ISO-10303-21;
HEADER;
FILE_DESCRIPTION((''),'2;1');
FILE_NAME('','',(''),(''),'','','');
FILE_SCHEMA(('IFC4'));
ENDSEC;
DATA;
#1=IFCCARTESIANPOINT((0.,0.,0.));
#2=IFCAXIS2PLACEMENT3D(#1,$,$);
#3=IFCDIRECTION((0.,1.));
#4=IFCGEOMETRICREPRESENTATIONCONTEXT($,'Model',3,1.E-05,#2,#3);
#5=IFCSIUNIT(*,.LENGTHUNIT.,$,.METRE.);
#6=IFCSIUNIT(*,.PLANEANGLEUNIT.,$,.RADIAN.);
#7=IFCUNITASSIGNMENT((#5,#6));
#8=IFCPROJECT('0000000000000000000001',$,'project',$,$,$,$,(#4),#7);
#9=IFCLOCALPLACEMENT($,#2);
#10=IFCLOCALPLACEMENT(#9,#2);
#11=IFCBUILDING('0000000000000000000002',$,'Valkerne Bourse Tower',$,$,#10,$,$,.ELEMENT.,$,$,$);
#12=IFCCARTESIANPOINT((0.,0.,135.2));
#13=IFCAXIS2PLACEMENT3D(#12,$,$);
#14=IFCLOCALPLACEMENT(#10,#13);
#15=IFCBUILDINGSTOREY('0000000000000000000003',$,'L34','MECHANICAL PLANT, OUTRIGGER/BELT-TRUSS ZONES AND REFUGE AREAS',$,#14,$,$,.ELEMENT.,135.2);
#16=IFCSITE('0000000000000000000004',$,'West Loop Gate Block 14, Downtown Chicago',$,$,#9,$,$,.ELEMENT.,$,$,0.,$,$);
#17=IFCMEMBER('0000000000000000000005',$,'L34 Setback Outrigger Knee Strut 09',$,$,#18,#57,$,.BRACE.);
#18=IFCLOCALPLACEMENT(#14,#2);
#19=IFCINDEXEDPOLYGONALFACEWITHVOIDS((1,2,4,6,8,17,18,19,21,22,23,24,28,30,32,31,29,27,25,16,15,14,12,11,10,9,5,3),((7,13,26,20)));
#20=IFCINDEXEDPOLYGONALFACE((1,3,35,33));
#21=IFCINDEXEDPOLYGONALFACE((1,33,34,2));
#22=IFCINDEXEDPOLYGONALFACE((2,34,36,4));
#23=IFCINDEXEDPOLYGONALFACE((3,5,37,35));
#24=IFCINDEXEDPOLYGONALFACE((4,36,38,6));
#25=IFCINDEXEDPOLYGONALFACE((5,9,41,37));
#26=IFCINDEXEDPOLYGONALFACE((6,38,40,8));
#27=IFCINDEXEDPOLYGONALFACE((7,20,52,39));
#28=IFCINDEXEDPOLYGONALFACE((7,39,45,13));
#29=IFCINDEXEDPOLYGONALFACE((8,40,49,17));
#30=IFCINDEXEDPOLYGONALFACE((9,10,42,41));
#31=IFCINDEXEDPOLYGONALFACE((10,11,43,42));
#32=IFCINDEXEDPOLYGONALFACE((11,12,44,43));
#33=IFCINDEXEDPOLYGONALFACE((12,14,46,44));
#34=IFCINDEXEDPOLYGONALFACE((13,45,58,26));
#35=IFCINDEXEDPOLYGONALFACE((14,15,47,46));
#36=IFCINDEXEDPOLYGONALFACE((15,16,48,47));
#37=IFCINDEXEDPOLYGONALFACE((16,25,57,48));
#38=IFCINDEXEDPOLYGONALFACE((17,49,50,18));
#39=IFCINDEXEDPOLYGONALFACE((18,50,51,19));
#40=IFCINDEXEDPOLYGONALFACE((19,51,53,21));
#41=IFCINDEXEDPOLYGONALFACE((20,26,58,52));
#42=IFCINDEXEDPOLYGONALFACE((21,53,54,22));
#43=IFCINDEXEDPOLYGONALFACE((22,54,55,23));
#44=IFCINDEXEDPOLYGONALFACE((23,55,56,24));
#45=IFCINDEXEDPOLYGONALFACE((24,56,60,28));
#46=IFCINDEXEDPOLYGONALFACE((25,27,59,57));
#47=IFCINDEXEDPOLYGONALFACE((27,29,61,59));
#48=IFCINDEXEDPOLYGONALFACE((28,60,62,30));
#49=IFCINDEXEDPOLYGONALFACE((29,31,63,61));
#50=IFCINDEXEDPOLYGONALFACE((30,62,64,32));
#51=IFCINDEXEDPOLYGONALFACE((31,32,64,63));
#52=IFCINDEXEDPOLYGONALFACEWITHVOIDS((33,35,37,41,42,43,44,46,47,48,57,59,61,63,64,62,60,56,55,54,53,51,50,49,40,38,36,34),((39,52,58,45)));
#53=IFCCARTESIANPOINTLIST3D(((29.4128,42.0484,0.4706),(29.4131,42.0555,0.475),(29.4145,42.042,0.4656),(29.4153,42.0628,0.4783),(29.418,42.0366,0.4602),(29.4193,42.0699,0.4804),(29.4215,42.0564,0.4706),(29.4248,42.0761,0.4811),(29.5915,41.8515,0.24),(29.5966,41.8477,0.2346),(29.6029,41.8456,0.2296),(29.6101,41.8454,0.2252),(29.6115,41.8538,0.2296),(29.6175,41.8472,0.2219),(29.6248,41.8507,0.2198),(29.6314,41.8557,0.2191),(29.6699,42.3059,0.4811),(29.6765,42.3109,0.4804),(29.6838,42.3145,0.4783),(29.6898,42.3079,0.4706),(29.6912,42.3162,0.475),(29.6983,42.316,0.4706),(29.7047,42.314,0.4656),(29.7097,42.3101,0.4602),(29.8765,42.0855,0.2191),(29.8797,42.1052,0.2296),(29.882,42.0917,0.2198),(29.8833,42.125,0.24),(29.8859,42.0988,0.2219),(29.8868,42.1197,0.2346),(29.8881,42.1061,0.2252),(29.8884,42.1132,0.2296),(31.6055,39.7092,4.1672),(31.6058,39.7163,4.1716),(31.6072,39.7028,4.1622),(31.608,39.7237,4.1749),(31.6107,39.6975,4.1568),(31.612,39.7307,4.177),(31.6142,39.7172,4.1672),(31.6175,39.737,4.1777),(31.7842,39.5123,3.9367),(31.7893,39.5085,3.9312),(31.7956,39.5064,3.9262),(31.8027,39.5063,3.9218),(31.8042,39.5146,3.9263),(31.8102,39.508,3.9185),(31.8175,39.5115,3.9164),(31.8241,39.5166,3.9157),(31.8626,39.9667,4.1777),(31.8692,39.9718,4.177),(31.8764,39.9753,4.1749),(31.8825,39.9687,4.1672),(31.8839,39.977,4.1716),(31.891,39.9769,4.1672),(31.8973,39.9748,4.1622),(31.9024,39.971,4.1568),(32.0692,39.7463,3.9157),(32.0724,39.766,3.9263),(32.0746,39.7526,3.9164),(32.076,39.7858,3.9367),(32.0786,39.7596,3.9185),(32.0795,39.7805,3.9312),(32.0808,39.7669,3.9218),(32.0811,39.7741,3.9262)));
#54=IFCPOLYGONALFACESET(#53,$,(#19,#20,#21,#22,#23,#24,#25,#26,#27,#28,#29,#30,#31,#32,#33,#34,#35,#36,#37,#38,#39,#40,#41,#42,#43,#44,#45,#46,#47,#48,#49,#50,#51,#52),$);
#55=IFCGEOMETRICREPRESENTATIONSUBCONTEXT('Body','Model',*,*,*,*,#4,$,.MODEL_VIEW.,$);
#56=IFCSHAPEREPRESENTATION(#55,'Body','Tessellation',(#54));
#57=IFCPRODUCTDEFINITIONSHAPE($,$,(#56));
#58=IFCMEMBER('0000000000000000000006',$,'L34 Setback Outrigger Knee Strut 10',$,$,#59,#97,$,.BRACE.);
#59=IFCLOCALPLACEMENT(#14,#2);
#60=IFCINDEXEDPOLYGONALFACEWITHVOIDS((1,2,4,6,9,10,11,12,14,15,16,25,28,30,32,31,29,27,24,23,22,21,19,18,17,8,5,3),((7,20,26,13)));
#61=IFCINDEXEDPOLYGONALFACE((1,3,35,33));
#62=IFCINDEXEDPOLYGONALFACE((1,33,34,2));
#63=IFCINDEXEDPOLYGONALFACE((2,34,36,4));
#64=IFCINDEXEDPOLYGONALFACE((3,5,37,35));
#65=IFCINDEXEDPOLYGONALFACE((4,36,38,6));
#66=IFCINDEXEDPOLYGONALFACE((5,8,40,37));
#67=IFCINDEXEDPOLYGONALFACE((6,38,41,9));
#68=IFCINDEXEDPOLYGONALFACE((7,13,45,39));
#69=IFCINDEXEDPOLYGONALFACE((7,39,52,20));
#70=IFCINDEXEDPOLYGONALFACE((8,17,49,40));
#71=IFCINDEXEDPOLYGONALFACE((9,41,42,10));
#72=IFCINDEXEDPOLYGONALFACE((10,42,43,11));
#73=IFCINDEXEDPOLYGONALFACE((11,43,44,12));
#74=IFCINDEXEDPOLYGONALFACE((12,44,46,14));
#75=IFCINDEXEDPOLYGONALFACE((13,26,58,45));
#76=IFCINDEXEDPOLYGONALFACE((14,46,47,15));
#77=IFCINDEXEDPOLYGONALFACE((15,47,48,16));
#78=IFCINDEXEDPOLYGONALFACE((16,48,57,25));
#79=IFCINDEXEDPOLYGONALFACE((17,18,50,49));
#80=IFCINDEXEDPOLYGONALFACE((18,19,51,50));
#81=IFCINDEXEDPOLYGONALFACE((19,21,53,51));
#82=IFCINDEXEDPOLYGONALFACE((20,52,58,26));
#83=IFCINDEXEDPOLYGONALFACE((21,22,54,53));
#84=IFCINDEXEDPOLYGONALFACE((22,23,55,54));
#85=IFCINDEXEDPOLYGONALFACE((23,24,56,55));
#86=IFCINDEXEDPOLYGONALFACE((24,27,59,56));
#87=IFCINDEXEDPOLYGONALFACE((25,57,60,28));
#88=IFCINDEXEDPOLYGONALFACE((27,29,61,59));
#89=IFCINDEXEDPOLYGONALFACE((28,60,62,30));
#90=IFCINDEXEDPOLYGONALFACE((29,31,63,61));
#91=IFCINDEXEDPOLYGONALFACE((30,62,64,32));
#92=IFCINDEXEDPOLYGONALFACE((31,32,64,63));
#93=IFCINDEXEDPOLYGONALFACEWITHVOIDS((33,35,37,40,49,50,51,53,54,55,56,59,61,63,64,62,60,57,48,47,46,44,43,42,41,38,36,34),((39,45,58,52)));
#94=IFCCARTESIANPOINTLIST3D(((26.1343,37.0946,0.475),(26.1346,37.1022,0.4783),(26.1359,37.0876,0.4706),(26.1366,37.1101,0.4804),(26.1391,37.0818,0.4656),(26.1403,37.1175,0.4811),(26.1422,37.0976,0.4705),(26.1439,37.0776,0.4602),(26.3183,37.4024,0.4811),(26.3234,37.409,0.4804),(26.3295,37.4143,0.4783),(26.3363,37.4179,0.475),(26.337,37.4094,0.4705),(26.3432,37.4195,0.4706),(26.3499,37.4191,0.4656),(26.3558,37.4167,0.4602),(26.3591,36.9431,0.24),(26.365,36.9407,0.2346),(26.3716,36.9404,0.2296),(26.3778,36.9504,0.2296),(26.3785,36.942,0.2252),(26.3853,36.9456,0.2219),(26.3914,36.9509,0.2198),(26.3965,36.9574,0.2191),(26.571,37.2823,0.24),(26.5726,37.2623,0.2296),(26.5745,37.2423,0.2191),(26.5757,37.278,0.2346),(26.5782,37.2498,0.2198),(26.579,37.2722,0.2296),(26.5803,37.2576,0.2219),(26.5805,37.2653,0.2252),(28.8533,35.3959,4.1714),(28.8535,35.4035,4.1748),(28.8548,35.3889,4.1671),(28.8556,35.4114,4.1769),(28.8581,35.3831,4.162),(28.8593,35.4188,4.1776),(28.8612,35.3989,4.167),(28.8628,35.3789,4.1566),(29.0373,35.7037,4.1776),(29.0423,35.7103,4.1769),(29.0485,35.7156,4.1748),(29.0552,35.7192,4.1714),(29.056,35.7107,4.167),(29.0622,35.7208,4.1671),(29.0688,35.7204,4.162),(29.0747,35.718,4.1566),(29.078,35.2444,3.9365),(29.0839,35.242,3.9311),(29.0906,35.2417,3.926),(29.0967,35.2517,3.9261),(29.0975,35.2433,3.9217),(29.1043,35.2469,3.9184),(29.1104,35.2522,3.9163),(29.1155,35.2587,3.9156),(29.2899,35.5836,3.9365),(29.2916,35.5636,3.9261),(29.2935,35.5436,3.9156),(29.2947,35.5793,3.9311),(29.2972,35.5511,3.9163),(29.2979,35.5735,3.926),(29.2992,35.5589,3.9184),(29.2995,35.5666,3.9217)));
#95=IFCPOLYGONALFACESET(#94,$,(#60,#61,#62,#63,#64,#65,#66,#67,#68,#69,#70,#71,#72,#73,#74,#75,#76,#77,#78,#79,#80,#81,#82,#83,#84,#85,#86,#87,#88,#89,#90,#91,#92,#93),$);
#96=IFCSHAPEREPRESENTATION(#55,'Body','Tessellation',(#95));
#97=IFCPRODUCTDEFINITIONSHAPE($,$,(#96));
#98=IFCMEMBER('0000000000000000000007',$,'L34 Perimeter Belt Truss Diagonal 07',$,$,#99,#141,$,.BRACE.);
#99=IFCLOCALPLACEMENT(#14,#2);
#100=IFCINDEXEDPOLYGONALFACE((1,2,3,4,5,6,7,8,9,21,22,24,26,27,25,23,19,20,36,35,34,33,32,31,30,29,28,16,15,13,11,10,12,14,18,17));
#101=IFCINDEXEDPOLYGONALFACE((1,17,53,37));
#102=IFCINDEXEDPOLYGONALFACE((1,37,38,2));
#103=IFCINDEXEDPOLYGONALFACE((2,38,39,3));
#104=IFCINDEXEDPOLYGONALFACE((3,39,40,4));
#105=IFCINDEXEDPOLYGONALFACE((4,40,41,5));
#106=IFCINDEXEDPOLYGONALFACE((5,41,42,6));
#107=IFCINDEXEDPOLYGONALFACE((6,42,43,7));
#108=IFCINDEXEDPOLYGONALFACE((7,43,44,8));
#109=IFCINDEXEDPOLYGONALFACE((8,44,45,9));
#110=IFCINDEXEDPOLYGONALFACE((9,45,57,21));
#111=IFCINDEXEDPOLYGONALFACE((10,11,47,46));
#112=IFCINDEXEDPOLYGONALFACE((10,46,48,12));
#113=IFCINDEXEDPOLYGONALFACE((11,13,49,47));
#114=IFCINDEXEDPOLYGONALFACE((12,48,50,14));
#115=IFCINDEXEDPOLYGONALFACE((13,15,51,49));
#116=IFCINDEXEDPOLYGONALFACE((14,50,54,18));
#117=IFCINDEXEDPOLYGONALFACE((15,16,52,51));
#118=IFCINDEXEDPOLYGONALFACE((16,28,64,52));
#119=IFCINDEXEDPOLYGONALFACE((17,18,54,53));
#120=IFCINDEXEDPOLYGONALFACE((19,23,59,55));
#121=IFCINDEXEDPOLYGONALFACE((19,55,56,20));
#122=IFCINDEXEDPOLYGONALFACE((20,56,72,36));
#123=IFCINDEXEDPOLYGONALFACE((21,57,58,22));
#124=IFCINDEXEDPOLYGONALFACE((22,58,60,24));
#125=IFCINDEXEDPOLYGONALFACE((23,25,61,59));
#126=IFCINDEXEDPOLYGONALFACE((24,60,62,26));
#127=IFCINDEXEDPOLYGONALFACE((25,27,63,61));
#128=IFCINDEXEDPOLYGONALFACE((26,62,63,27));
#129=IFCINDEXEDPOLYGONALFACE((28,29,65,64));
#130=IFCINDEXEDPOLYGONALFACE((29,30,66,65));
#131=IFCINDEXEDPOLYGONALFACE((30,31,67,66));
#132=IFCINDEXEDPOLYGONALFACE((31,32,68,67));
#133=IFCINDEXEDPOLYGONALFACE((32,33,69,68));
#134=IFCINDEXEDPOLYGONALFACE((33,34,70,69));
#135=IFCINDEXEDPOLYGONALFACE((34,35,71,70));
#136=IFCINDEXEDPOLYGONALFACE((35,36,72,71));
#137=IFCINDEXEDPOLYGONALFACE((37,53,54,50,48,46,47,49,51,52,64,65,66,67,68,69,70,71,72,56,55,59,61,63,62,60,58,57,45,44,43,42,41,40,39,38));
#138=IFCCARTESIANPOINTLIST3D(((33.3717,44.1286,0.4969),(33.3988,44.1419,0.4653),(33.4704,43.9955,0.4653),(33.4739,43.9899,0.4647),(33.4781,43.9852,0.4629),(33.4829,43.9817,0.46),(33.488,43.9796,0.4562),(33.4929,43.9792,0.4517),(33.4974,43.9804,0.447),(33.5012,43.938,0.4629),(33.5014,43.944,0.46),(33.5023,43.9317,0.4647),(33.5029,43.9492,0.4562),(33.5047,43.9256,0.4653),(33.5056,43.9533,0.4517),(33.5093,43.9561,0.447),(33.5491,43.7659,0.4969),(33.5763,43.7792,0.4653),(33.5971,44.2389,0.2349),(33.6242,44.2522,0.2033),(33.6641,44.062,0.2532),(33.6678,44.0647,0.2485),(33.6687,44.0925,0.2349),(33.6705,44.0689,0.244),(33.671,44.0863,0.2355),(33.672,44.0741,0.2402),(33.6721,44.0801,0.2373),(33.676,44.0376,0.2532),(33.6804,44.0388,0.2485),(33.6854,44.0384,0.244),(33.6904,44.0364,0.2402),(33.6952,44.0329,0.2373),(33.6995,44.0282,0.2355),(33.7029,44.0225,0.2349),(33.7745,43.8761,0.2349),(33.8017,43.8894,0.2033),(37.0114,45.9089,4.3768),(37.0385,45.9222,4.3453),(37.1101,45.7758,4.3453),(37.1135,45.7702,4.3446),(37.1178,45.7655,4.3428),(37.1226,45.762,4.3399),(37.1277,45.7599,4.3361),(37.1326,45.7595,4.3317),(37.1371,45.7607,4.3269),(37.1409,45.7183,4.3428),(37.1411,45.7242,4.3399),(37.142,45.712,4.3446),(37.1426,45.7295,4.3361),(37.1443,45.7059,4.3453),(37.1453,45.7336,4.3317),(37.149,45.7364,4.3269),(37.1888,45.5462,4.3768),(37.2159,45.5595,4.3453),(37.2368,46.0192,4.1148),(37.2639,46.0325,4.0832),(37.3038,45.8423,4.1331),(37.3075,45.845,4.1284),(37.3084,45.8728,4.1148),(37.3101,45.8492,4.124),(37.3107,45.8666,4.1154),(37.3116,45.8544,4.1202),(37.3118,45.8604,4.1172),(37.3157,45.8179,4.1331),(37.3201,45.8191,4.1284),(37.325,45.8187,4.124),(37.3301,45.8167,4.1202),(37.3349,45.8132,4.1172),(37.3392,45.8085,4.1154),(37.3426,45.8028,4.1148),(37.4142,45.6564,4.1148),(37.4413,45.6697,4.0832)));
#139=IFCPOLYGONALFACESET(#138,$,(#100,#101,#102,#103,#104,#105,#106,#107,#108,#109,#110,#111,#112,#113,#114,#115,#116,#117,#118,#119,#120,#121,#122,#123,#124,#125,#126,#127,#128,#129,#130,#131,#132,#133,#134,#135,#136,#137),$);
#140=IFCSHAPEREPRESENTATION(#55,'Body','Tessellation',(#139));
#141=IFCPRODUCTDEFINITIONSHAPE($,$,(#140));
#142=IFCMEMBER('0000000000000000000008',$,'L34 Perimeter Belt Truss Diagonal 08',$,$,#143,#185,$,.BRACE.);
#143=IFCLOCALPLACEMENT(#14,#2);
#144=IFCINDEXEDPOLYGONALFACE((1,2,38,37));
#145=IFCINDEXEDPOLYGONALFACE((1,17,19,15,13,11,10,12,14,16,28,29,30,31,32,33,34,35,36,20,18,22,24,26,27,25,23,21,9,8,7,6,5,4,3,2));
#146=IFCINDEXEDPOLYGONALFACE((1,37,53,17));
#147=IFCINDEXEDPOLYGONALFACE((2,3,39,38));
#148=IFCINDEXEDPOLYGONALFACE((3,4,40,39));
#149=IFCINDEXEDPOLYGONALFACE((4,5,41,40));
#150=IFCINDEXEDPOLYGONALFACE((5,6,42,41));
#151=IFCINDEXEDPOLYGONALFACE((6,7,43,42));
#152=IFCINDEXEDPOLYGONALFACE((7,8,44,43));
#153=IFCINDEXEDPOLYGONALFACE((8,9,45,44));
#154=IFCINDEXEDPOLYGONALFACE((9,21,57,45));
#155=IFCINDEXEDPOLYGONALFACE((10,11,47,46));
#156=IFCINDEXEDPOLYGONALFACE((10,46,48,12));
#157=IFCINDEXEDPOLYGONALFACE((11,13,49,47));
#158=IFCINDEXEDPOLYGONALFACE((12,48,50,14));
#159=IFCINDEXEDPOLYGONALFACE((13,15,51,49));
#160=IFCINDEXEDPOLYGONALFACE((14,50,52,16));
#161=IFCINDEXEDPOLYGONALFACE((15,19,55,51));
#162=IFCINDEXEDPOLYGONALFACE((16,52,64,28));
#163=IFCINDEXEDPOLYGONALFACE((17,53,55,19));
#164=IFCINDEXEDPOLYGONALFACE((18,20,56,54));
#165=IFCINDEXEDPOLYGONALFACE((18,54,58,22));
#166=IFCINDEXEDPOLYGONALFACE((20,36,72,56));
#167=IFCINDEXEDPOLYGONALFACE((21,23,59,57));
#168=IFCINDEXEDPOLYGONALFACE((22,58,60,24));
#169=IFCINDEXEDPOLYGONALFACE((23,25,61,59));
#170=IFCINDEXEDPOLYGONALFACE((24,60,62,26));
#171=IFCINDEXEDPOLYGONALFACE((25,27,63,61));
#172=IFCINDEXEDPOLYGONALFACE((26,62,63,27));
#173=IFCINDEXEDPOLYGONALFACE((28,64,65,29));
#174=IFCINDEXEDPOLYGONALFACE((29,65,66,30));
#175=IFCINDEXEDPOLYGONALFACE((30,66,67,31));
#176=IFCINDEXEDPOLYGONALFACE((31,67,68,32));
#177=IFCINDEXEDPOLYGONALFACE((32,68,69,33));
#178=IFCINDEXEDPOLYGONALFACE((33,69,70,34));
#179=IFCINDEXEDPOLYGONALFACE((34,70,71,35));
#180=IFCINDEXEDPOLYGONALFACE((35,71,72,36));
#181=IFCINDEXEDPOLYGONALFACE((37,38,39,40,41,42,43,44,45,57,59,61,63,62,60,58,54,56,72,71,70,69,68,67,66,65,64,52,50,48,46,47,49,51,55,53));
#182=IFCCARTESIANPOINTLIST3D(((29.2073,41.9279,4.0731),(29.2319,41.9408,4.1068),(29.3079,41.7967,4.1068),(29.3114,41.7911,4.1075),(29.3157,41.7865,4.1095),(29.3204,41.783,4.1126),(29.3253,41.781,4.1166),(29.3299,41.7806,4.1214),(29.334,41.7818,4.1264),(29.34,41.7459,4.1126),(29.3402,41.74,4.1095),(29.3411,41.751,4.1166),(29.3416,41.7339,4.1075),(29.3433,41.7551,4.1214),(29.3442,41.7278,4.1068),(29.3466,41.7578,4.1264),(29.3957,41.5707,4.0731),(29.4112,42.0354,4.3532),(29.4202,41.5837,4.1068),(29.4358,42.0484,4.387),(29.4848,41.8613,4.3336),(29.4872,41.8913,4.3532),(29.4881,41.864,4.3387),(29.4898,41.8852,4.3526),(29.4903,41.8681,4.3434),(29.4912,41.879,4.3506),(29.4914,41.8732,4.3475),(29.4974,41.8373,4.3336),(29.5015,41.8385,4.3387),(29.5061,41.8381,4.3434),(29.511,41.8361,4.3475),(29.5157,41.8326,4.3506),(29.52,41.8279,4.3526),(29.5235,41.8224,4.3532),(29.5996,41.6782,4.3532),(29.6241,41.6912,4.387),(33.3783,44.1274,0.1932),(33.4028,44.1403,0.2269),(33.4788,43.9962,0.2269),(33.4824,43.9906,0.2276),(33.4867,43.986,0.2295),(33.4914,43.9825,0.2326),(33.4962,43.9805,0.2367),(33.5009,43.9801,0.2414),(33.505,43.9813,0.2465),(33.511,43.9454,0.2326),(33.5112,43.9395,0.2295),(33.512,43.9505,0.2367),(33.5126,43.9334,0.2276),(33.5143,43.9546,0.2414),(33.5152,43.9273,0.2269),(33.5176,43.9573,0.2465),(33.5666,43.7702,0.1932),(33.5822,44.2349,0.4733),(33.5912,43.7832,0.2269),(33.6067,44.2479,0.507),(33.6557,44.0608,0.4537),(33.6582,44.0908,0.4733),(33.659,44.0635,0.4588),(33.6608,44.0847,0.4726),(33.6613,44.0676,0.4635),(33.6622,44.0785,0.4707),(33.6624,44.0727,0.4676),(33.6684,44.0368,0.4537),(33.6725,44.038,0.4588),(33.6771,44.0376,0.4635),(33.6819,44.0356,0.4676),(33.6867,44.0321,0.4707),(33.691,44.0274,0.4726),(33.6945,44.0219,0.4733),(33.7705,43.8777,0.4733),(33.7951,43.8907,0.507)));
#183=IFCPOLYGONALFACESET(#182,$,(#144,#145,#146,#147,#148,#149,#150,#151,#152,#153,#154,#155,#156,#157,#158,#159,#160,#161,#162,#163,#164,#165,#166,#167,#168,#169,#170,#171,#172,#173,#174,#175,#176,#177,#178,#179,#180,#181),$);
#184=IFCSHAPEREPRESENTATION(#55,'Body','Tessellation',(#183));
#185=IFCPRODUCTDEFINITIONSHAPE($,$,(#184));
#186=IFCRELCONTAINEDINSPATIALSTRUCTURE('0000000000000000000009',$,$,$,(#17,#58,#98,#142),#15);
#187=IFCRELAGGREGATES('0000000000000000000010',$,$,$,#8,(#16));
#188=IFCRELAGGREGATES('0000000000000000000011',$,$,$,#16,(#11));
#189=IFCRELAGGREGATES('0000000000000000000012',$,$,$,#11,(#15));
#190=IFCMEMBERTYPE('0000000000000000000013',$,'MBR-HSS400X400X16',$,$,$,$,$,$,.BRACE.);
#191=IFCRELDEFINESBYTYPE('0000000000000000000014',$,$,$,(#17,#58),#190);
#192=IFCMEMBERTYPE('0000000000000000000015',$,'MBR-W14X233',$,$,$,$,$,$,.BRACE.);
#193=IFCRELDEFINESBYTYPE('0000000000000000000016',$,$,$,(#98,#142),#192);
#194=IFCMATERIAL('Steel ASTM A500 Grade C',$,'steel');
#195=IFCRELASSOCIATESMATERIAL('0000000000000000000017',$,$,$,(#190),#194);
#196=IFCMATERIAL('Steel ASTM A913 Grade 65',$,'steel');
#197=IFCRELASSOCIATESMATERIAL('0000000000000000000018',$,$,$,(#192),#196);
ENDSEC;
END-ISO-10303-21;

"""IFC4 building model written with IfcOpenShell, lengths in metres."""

from ifc_helpers import new_model, si_unit, direction, frame, origin, origin_2d, place, context, subcontext, project, spatial, hollow_rectangle, i_section, extrude, material, material_profile, profile_set, type_object, element, save


model = new_model("IFC4")

# Units and contexts
model_context = context("Model", 3, precision=1e-05, world=origin(), true_north=direction((0.0, 1.0)))
body_context = subcontext(model_context, "Body", "Model", "MODEL_VIEW")
ifc_project = project(units=[si_unit("LENGTHUNIT", "METRE"), si_unit("PLANEANGLEUNIT", "RADIAN")], contexts=[model_context])

# Site, building, storey
site_placement = place(None, origin())
site = spatial("IfcSite", under=ifc_project, at=site_placement, Name="West Loop Gate Block 14, Downtown Chicago", CompositionType="ELEMENT", RefElevation=0.0)
building_placement = place(site_placement, origin())
building = spatial("IfcBuilding", under=site, at=building_placement, Name="Valkerne Bourse Tower", CompositionType="ELEMENT")
storey_placement = place(building_placement, frame((0.0, 0.0, 135.2)))
storey = spatial("IfcBuildingStorey", under=building, at=storey_placement, Name="L34", Description="MECHANICAL PLANT, OUTRIGGER/BELT-TRUSS ZONES AND REFUGE AREAS", CompositionType="ELEMENT", Elevation=135.2)

# Shared definitions
ifc_material_1 = material(Name="Steel ASTM A913 Grade 65", Category="steel")

# Members
ifc_material_2 = material(Name="Steel ASTM A500 Grade C", Category="steel")
ifc_material_profile_1 = material_profile(ifc_material_2, hollow_rectangle(XDim=0.3999, YDim=0.3999, WallThickness=0.0161, OuterFilletRadius=0.032, at=origin_2d()), Name="HSS400X400X16")
ifc_profile_set_1 = profile_set([ifc_material_profile_1], Name="Steel ASTM A500 Grade C")
member_type_1 = type_object("IfcMemberType", Name="MBR-HSS400X400X16", PredefinedType="BRACE", material=ifc_profile_set_1)
member_1_placement = place(storey_placement, frame((29.6506, 42.0808, 0.3501), z_axis=(0.448097, -0.478033, 0.755443), x_axis=(0.729582, 0.683893, 0.0)))
element("IfcMember", 1, at=member_1_placement, inside=storey, type_object=member_type_1, Name="L34 Setback Outrigger Knee Strut 09", PredefinedType="BRACE", context=body_context, shape_type="SweptSolid", body=[
    extrude(hollow_rectangle(XDim=0.3999, YDim=0.3999, WallThickness=0.0161, OuterFilletRadius=0.032, at=origin_2d()), origin(), (0.0, 0.0, 1.0), 4.8933),
])
member_2_placement = place(storey_placement, frame((26.3574, 37.1799, 0.3501), z_axis=(0.555673, -0.347165, 0.75545), x_axis=(0.529855, 0.848088, 0.0)))
element("IfcMember", 2, at=member_2_placement, inside=storey, type_object=member_type_1, Name="L34 Setback Outrigger Knee Strut 10", PredefinedType="BRACE", context=body_context, shape_type="SweptSolid", body=[
    extrude(hollow_rectangle(XDim=0.3999, YDim=0.3999, WallThickness=0.0161, OuterFilletRadius=0.032, at=origin_2d()), origin(), (0.0, 0.0, 1.0), 4.8931),
])
ifc_material_profile_2 = material_profile(ifc_material_1, i_section(OverallWidth=0.4038, OverallDepth=0.4065, WebThickness=0.0271, FlangeThickness=0.0437, FilletRadius=0.0254, at=origin_2d()), Name="W14X233")
ifc_profile_set_2 = profile_set([ifc_material_profile_2], Name="Steel ASTM A913 Grade 65")
member_type_2 = type_object("IfcMemberType", Name="MBR-W14X233", PredefinedType="BRACE", material=ifc_profile_set_2)
member_3_placement = place(storey_placement, frame((33.5867, 44.009, 0.3501), z_axis=(0.648801, 0.31735, 0.691625), x_axis=(-0.439387, 0.898298, 0.0)))
element("IfcMember", 3, at=member_3_placement, inside=storey, type_object=member_type_2, Name="L34 Perimeter Belt Truss Diagonal 07", PredefinedType="BRACE", context=body_context, shape_type="SweptSolid", body=[
    extrude(i_section(OverallWidth=0.4038, OverallDepth=0.4065, WebThickness=0.0271, FlangeThickness=0.0437, FilletRadius=0.0254, at=origin_2d()), origin(), (0.0, 0.0, 1.0), 5.6099),
])
member_4_placement = place(storey_placement, frame((33.5867, 44.009, 0.3501), z_axis=(-0.683043, -0.360193, 0.635385), x_axis=(0.466453, -0.884546, 0.0)))
element("IfcMember", 4, at=member_4_placement, inside=storey, type_object=member_type_2, Name="L34 Perimeter Belt Truss Diagonal 08", PredefinedType="BRACE", context=body_context, shape_type="SweptSolid", body=[
    extrude(i_section(OverallWidth=0.4038, OverallDepth=0.4065, WebThickness=0.0271, FlangeThickness=0.0437, FilletRadius=0.0254, at=origin_2d()), origin(), (0.0, 0.0, 1.0), 6.1064),
])

save(model, "model.ifc")
